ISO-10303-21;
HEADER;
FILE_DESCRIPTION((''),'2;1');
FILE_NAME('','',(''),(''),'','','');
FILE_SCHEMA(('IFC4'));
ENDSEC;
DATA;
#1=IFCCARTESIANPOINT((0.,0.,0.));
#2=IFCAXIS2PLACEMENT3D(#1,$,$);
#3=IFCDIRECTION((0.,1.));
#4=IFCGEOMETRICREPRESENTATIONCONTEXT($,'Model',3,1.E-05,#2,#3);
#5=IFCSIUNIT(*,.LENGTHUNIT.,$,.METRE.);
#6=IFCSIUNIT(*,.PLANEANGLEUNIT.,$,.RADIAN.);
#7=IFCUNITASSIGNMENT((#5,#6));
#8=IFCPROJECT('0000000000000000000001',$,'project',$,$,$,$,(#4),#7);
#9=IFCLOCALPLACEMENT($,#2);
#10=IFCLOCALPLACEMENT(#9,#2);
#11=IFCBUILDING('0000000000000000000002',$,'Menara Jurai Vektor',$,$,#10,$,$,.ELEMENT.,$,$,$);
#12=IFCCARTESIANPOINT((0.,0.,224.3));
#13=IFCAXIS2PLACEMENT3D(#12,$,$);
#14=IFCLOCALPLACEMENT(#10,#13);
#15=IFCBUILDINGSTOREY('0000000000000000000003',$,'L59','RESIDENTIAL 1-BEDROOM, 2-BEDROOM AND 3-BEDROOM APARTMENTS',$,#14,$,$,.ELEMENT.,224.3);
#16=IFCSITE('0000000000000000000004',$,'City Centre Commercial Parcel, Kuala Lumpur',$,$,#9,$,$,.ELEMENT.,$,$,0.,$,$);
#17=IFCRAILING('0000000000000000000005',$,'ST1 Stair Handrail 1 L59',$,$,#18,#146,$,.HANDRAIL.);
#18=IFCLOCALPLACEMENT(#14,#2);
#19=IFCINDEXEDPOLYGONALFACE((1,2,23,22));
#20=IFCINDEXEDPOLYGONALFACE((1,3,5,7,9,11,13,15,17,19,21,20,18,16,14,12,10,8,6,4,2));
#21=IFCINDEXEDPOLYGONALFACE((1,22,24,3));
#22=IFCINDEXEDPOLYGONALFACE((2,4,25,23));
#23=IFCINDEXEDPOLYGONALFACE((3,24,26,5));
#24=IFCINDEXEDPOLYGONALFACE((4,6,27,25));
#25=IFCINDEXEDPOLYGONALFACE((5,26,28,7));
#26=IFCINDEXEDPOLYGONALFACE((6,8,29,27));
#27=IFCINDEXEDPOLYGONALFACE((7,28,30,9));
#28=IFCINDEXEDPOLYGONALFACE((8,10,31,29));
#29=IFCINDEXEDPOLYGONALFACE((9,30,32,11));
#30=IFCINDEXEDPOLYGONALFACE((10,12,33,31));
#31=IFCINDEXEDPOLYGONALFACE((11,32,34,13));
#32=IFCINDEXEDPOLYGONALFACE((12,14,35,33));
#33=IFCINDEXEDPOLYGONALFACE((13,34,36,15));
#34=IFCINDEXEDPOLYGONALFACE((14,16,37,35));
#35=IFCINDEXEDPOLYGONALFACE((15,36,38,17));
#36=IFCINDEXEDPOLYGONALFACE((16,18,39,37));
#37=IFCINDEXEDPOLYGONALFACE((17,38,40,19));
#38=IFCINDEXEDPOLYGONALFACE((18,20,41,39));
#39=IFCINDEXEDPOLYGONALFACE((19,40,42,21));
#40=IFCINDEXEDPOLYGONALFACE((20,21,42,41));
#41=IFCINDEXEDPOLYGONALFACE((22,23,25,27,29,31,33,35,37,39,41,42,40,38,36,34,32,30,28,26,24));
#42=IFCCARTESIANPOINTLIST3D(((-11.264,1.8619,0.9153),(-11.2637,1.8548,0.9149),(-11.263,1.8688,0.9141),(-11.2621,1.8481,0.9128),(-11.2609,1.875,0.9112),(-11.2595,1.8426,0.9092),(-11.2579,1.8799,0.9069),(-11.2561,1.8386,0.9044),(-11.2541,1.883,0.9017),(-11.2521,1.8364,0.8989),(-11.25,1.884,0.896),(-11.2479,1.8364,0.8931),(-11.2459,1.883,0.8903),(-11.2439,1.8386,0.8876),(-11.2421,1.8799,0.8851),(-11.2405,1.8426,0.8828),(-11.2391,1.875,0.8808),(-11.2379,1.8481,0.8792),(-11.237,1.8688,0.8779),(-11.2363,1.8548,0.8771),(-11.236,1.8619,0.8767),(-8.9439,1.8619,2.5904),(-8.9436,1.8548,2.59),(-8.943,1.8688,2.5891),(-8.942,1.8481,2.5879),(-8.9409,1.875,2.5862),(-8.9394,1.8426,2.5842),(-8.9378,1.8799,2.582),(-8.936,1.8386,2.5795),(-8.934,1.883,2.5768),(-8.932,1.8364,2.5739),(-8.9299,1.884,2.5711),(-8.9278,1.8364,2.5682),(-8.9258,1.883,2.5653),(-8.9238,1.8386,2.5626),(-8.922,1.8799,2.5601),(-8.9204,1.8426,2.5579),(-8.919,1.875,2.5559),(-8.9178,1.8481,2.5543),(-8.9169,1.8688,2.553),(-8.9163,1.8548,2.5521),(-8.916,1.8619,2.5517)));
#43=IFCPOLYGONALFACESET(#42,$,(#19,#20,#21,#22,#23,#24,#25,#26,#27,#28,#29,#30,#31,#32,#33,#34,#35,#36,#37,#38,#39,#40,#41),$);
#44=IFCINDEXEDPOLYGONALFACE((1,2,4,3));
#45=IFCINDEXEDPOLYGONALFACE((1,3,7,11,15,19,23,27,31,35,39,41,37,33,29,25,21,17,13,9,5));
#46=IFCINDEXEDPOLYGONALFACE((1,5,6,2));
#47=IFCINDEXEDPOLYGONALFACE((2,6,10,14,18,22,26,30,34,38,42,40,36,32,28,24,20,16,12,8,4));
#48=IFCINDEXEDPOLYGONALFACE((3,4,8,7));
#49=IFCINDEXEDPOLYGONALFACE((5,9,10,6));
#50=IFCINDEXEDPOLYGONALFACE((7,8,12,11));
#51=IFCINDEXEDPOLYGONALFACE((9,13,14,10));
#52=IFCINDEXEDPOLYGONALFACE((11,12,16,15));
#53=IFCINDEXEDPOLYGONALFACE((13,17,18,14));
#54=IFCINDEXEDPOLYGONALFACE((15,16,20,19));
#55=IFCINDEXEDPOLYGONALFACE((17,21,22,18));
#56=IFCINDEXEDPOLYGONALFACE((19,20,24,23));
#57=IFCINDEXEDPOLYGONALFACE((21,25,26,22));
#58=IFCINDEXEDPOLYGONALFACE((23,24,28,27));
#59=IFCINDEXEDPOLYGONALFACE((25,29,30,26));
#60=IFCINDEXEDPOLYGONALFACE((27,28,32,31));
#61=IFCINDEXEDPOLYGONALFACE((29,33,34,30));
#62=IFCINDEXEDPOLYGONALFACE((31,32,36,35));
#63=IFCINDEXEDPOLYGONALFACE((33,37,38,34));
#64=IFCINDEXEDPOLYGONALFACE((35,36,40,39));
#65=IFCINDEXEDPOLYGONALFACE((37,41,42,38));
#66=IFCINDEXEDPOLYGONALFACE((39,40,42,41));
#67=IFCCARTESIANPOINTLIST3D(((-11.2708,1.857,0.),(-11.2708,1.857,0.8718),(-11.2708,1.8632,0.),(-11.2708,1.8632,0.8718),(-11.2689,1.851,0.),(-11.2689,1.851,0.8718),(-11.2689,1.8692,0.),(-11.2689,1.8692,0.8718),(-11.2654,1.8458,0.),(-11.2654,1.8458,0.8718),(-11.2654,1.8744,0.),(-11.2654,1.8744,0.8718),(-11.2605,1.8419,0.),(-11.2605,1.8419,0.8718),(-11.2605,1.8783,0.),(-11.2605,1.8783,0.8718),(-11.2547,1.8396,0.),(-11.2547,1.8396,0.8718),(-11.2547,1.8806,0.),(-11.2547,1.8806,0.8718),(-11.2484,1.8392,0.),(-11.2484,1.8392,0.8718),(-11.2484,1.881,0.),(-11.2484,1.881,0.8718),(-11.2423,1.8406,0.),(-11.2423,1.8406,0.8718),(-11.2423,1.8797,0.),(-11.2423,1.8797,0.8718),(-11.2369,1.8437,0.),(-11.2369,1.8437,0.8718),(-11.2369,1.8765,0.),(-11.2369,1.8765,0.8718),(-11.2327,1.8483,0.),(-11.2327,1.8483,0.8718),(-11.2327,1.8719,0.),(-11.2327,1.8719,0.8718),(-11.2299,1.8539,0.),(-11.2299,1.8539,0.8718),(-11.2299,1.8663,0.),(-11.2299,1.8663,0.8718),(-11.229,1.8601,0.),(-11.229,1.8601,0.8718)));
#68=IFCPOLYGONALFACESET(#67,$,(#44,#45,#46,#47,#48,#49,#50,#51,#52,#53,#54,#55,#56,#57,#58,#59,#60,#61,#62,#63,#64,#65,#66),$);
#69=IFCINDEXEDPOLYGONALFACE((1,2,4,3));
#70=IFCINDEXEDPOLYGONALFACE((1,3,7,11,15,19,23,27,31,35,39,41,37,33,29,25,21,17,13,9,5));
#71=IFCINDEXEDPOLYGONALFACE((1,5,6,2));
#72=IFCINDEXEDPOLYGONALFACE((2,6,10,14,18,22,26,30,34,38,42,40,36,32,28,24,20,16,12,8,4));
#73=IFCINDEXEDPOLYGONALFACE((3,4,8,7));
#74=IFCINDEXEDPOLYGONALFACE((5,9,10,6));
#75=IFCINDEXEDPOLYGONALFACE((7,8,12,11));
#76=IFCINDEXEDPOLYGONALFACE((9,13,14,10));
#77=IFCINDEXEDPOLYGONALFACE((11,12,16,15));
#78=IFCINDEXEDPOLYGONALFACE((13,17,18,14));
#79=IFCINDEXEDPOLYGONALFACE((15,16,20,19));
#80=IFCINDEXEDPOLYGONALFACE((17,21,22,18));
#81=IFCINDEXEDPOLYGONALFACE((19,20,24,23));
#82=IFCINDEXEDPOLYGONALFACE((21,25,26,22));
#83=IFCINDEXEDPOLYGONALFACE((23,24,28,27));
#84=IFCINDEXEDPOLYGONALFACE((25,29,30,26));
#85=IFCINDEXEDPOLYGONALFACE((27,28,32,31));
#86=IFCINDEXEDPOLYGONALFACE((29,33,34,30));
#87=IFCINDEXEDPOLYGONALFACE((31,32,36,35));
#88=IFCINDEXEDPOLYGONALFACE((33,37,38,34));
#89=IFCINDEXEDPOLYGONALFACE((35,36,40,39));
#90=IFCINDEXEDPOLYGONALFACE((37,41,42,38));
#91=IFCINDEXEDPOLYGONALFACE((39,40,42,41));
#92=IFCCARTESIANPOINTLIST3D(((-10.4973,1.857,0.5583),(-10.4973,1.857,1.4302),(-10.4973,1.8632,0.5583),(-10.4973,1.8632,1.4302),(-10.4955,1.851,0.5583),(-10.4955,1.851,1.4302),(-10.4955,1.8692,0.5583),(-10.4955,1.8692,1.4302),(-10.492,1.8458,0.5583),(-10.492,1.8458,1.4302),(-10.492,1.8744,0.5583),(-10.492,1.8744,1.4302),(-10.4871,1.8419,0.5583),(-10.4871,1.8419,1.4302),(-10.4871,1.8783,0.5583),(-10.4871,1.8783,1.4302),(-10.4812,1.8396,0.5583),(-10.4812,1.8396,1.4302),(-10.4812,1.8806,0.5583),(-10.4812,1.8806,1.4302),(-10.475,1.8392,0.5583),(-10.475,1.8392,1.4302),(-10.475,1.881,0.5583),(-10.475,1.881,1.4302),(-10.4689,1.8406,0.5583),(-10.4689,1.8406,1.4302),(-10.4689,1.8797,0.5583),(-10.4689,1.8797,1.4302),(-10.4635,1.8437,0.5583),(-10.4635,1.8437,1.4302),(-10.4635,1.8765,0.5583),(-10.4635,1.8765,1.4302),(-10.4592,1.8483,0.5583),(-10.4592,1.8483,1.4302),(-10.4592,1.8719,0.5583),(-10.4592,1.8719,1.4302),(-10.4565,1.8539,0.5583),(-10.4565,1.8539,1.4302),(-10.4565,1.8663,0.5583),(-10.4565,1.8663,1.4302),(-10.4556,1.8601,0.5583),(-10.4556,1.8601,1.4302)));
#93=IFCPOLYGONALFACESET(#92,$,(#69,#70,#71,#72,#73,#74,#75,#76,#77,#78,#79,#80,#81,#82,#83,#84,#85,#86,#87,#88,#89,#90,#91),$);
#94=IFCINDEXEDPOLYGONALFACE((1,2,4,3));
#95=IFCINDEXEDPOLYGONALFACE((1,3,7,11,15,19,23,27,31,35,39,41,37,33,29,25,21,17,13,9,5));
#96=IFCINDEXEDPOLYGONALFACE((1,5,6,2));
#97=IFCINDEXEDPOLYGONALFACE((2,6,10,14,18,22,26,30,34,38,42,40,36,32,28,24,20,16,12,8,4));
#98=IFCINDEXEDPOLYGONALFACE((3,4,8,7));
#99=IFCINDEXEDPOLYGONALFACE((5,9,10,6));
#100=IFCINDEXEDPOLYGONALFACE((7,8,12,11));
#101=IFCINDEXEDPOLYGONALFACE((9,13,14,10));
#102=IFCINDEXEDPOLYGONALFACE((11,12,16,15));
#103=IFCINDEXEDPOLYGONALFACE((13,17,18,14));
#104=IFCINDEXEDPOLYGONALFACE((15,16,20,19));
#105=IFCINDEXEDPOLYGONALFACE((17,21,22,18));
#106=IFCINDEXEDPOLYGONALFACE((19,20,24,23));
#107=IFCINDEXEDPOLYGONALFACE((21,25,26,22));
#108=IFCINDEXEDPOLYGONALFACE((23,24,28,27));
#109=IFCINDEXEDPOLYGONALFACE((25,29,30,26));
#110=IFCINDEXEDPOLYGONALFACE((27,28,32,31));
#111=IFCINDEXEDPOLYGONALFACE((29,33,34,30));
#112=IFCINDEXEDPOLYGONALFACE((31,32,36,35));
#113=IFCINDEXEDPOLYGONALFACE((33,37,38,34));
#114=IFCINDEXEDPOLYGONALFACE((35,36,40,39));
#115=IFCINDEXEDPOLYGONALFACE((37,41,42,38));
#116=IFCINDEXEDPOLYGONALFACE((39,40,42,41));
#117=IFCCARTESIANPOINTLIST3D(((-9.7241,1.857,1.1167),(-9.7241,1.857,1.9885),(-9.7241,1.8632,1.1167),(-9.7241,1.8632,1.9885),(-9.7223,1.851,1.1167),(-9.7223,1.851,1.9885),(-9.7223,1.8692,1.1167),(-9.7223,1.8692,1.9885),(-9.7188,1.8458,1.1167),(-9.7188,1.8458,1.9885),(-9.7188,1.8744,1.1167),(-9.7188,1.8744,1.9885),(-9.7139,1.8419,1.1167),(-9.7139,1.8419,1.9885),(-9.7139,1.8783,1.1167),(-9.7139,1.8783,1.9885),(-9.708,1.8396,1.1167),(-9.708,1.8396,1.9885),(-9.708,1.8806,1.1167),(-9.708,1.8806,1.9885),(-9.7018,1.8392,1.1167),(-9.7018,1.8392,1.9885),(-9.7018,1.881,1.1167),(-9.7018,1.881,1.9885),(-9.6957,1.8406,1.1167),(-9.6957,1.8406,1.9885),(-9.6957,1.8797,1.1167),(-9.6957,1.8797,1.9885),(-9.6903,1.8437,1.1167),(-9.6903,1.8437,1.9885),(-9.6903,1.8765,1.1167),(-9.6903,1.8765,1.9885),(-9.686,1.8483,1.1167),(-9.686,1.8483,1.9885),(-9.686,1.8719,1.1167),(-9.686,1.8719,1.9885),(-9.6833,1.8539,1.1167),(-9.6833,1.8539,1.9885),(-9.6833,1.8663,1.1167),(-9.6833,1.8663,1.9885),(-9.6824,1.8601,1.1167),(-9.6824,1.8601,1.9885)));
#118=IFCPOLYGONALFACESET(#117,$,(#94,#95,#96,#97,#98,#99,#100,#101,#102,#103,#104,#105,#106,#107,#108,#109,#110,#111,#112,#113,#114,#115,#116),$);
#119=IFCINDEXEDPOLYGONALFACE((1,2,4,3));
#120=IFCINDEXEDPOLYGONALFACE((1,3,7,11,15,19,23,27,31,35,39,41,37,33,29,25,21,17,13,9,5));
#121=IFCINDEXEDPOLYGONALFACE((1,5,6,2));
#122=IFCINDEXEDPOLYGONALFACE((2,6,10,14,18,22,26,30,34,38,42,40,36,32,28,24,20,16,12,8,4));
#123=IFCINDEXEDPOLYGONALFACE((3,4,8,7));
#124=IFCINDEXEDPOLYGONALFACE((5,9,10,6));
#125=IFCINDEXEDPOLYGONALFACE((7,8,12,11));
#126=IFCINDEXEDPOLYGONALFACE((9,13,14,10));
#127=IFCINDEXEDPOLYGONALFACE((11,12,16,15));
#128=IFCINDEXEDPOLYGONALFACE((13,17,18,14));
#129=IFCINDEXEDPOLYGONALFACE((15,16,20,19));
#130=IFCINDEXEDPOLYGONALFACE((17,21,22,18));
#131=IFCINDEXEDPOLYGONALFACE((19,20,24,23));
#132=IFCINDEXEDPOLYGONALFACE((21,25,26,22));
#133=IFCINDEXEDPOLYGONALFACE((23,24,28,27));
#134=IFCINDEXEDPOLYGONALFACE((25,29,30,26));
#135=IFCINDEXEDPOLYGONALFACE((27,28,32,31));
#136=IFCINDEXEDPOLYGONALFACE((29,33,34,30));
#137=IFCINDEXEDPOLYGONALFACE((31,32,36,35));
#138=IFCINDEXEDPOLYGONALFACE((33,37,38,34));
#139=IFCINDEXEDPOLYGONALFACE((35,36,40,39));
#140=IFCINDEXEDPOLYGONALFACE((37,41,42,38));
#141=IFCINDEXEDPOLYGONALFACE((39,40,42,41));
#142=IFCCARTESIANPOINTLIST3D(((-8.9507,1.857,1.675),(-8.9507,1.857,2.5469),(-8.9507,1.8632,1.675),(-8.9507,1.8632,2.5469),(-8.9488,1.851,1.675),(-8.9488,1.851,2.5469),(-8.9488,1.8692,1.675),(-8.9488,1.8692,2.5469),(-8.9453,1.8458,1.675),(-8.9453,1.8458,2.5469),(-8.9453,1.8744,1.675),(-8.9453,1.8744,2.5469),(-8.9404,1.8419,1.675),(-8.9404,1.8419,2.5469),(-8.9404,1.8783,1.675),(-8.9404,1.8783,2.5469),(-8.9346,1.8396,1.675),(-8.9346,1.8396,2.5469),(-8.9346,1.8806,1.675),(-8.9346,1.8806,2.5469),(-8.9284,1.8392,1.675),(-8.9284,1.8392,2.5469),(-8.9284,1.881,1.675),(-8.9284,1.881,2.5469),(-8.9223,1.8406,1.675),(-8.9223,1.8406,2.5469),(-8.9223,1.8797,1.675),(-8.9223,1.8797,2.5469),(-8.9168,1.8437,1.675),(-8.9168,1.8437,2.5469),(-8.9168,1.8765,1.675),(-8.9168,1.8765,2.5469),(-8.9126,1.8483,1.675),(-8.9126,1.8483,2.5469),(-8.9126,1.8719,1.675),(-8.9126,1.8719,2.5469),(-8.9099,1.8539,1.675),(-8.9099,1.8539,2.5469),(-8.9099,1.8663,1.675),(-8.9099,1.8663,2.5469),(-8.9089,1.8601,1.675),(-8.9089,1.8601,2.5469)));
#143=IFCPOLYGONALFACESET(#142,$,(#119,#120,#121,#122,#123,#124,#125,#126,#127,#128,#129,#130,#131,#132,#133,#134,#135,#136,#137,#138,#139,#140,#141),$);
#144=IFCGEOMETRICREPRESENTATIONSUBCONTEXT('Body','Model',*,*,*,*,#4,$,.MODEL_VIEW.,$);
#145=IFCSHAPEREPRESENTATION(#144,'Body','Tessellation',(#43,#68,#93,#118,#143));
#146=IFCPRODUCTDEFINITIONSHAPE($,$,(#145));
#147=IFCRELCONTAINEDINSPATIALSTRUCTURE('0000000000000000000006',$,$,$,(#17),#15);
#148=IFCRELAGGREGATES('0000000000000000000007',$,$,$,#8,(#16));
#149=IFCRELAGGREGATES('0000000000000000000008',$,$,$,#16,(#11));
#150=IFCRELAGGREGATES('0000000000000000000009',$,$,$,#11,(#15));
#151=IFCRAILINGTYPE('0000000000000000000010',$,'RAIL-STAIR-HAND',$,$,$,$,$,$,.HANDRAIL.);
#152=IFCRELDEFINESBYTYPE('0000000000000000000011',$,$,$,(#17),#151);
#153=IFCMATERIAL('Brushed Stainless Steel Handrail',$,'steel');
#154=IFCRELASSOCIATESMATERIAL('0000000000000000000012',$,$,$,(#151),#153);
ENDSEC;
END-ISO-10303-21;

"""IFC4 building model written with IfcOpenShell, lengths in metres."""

from ifc_helpers import new_model, si_unit, direction, frame, origin, origin_2d, place, context, subcontext, project, spatial, circle, extrude, material, type_object, element, save


model = new_model("IFC4")

# Units and contexts
model_context = context("Model", 3, precision=1e-05, world=origin(), true_north=direction((0.0, 1.0)))
body_context = subcontext(model_context, "Body", "Model", "MODEL_VIEW")
ifc_project = project(units=[si_unit("LENGTHUNIT", "METRE"), si_unit("PLANEANGLEUNIT", "RADIAN")], contexts=[model_context])

# Site, building, storey
site_placement = place(None, origin())
site = spatial("IfcSite", under=ifc_project, at=site_placement, Name="City Centre Commercial Parcel, Kuala Lumpur", CompositionType="ELEMENT", RefElevation=0.0)
building_placement = place(site_placement, origin())
building = spatial("IfcBuilding", under=site, at=building_placement, Name="Menara Jurai Vektor", CompositionType="ELEMENT")
storey_placement = place(building_placement, frame((0.0, 0.0, 224.3)))
storey = spatial("IfcBuildingStorey", under=building, at=storey_placement, Name="L59", Description="RESIDENTIAL 1-BEDROOM, 2-BEDROOM AND 3-BEDROOM APARTMENTS", CompositionType="ELEMENT", Elevation=224.3)

# Railing
ifc_material_1 = material(Name="Brushed Stainless Steel Handrail", Category="steel")
railing_type_1 = type_object("IfcRailingType", Name="RAIL-STAIR-HAND", PredefinedType="HANDRAIL", material=ifc_material_1)
railing_1_placement = place(storey_placement, frame((-11.25, 1.8601, 0.0)))
element("IfcRailing", 1, at=railing_1_placement, inside=storey, type_object=railing_type_1, Name="ST1 Stair Handrail 1 L59", PredefinedType="HANDRAIL", context=body_context, shape_type="SweptSolid", body=[
    extrude(circle(Radius=0.0239, at=origin_2d()), frame((0.0, 0.0, 0.896), z_axis=(0.810771, 0.0, 0.585363), x_axis=(0.0, 1.0, 0.0)), (0.0, 0.0, 1.0), 2.8616),
    extrude(circle(Radius=0.021, at=origin_2d()), origin(), (0.0, 0.0, 1.0), 0.8718),
    extrude(circle(Radius=0.021, at=origin_2d()), frame((0.7734, 0.0, 0.5583)), (0.0, 0.0, 1.0), 0.8718),
    extrude(circle(Radius=0.021, at=origin_2d()), frame((1.5466, 0.0, 1.1167)), (0.0, 0.0, 1.0), 0.8718),
    extrude(circle(Radius=0.021, at=origin_2d()), frame((2.3201, 0.0, 1.675)), (0.0, 0.0, 1.0), 0.8718),
])

save(model, "model.ifc")
